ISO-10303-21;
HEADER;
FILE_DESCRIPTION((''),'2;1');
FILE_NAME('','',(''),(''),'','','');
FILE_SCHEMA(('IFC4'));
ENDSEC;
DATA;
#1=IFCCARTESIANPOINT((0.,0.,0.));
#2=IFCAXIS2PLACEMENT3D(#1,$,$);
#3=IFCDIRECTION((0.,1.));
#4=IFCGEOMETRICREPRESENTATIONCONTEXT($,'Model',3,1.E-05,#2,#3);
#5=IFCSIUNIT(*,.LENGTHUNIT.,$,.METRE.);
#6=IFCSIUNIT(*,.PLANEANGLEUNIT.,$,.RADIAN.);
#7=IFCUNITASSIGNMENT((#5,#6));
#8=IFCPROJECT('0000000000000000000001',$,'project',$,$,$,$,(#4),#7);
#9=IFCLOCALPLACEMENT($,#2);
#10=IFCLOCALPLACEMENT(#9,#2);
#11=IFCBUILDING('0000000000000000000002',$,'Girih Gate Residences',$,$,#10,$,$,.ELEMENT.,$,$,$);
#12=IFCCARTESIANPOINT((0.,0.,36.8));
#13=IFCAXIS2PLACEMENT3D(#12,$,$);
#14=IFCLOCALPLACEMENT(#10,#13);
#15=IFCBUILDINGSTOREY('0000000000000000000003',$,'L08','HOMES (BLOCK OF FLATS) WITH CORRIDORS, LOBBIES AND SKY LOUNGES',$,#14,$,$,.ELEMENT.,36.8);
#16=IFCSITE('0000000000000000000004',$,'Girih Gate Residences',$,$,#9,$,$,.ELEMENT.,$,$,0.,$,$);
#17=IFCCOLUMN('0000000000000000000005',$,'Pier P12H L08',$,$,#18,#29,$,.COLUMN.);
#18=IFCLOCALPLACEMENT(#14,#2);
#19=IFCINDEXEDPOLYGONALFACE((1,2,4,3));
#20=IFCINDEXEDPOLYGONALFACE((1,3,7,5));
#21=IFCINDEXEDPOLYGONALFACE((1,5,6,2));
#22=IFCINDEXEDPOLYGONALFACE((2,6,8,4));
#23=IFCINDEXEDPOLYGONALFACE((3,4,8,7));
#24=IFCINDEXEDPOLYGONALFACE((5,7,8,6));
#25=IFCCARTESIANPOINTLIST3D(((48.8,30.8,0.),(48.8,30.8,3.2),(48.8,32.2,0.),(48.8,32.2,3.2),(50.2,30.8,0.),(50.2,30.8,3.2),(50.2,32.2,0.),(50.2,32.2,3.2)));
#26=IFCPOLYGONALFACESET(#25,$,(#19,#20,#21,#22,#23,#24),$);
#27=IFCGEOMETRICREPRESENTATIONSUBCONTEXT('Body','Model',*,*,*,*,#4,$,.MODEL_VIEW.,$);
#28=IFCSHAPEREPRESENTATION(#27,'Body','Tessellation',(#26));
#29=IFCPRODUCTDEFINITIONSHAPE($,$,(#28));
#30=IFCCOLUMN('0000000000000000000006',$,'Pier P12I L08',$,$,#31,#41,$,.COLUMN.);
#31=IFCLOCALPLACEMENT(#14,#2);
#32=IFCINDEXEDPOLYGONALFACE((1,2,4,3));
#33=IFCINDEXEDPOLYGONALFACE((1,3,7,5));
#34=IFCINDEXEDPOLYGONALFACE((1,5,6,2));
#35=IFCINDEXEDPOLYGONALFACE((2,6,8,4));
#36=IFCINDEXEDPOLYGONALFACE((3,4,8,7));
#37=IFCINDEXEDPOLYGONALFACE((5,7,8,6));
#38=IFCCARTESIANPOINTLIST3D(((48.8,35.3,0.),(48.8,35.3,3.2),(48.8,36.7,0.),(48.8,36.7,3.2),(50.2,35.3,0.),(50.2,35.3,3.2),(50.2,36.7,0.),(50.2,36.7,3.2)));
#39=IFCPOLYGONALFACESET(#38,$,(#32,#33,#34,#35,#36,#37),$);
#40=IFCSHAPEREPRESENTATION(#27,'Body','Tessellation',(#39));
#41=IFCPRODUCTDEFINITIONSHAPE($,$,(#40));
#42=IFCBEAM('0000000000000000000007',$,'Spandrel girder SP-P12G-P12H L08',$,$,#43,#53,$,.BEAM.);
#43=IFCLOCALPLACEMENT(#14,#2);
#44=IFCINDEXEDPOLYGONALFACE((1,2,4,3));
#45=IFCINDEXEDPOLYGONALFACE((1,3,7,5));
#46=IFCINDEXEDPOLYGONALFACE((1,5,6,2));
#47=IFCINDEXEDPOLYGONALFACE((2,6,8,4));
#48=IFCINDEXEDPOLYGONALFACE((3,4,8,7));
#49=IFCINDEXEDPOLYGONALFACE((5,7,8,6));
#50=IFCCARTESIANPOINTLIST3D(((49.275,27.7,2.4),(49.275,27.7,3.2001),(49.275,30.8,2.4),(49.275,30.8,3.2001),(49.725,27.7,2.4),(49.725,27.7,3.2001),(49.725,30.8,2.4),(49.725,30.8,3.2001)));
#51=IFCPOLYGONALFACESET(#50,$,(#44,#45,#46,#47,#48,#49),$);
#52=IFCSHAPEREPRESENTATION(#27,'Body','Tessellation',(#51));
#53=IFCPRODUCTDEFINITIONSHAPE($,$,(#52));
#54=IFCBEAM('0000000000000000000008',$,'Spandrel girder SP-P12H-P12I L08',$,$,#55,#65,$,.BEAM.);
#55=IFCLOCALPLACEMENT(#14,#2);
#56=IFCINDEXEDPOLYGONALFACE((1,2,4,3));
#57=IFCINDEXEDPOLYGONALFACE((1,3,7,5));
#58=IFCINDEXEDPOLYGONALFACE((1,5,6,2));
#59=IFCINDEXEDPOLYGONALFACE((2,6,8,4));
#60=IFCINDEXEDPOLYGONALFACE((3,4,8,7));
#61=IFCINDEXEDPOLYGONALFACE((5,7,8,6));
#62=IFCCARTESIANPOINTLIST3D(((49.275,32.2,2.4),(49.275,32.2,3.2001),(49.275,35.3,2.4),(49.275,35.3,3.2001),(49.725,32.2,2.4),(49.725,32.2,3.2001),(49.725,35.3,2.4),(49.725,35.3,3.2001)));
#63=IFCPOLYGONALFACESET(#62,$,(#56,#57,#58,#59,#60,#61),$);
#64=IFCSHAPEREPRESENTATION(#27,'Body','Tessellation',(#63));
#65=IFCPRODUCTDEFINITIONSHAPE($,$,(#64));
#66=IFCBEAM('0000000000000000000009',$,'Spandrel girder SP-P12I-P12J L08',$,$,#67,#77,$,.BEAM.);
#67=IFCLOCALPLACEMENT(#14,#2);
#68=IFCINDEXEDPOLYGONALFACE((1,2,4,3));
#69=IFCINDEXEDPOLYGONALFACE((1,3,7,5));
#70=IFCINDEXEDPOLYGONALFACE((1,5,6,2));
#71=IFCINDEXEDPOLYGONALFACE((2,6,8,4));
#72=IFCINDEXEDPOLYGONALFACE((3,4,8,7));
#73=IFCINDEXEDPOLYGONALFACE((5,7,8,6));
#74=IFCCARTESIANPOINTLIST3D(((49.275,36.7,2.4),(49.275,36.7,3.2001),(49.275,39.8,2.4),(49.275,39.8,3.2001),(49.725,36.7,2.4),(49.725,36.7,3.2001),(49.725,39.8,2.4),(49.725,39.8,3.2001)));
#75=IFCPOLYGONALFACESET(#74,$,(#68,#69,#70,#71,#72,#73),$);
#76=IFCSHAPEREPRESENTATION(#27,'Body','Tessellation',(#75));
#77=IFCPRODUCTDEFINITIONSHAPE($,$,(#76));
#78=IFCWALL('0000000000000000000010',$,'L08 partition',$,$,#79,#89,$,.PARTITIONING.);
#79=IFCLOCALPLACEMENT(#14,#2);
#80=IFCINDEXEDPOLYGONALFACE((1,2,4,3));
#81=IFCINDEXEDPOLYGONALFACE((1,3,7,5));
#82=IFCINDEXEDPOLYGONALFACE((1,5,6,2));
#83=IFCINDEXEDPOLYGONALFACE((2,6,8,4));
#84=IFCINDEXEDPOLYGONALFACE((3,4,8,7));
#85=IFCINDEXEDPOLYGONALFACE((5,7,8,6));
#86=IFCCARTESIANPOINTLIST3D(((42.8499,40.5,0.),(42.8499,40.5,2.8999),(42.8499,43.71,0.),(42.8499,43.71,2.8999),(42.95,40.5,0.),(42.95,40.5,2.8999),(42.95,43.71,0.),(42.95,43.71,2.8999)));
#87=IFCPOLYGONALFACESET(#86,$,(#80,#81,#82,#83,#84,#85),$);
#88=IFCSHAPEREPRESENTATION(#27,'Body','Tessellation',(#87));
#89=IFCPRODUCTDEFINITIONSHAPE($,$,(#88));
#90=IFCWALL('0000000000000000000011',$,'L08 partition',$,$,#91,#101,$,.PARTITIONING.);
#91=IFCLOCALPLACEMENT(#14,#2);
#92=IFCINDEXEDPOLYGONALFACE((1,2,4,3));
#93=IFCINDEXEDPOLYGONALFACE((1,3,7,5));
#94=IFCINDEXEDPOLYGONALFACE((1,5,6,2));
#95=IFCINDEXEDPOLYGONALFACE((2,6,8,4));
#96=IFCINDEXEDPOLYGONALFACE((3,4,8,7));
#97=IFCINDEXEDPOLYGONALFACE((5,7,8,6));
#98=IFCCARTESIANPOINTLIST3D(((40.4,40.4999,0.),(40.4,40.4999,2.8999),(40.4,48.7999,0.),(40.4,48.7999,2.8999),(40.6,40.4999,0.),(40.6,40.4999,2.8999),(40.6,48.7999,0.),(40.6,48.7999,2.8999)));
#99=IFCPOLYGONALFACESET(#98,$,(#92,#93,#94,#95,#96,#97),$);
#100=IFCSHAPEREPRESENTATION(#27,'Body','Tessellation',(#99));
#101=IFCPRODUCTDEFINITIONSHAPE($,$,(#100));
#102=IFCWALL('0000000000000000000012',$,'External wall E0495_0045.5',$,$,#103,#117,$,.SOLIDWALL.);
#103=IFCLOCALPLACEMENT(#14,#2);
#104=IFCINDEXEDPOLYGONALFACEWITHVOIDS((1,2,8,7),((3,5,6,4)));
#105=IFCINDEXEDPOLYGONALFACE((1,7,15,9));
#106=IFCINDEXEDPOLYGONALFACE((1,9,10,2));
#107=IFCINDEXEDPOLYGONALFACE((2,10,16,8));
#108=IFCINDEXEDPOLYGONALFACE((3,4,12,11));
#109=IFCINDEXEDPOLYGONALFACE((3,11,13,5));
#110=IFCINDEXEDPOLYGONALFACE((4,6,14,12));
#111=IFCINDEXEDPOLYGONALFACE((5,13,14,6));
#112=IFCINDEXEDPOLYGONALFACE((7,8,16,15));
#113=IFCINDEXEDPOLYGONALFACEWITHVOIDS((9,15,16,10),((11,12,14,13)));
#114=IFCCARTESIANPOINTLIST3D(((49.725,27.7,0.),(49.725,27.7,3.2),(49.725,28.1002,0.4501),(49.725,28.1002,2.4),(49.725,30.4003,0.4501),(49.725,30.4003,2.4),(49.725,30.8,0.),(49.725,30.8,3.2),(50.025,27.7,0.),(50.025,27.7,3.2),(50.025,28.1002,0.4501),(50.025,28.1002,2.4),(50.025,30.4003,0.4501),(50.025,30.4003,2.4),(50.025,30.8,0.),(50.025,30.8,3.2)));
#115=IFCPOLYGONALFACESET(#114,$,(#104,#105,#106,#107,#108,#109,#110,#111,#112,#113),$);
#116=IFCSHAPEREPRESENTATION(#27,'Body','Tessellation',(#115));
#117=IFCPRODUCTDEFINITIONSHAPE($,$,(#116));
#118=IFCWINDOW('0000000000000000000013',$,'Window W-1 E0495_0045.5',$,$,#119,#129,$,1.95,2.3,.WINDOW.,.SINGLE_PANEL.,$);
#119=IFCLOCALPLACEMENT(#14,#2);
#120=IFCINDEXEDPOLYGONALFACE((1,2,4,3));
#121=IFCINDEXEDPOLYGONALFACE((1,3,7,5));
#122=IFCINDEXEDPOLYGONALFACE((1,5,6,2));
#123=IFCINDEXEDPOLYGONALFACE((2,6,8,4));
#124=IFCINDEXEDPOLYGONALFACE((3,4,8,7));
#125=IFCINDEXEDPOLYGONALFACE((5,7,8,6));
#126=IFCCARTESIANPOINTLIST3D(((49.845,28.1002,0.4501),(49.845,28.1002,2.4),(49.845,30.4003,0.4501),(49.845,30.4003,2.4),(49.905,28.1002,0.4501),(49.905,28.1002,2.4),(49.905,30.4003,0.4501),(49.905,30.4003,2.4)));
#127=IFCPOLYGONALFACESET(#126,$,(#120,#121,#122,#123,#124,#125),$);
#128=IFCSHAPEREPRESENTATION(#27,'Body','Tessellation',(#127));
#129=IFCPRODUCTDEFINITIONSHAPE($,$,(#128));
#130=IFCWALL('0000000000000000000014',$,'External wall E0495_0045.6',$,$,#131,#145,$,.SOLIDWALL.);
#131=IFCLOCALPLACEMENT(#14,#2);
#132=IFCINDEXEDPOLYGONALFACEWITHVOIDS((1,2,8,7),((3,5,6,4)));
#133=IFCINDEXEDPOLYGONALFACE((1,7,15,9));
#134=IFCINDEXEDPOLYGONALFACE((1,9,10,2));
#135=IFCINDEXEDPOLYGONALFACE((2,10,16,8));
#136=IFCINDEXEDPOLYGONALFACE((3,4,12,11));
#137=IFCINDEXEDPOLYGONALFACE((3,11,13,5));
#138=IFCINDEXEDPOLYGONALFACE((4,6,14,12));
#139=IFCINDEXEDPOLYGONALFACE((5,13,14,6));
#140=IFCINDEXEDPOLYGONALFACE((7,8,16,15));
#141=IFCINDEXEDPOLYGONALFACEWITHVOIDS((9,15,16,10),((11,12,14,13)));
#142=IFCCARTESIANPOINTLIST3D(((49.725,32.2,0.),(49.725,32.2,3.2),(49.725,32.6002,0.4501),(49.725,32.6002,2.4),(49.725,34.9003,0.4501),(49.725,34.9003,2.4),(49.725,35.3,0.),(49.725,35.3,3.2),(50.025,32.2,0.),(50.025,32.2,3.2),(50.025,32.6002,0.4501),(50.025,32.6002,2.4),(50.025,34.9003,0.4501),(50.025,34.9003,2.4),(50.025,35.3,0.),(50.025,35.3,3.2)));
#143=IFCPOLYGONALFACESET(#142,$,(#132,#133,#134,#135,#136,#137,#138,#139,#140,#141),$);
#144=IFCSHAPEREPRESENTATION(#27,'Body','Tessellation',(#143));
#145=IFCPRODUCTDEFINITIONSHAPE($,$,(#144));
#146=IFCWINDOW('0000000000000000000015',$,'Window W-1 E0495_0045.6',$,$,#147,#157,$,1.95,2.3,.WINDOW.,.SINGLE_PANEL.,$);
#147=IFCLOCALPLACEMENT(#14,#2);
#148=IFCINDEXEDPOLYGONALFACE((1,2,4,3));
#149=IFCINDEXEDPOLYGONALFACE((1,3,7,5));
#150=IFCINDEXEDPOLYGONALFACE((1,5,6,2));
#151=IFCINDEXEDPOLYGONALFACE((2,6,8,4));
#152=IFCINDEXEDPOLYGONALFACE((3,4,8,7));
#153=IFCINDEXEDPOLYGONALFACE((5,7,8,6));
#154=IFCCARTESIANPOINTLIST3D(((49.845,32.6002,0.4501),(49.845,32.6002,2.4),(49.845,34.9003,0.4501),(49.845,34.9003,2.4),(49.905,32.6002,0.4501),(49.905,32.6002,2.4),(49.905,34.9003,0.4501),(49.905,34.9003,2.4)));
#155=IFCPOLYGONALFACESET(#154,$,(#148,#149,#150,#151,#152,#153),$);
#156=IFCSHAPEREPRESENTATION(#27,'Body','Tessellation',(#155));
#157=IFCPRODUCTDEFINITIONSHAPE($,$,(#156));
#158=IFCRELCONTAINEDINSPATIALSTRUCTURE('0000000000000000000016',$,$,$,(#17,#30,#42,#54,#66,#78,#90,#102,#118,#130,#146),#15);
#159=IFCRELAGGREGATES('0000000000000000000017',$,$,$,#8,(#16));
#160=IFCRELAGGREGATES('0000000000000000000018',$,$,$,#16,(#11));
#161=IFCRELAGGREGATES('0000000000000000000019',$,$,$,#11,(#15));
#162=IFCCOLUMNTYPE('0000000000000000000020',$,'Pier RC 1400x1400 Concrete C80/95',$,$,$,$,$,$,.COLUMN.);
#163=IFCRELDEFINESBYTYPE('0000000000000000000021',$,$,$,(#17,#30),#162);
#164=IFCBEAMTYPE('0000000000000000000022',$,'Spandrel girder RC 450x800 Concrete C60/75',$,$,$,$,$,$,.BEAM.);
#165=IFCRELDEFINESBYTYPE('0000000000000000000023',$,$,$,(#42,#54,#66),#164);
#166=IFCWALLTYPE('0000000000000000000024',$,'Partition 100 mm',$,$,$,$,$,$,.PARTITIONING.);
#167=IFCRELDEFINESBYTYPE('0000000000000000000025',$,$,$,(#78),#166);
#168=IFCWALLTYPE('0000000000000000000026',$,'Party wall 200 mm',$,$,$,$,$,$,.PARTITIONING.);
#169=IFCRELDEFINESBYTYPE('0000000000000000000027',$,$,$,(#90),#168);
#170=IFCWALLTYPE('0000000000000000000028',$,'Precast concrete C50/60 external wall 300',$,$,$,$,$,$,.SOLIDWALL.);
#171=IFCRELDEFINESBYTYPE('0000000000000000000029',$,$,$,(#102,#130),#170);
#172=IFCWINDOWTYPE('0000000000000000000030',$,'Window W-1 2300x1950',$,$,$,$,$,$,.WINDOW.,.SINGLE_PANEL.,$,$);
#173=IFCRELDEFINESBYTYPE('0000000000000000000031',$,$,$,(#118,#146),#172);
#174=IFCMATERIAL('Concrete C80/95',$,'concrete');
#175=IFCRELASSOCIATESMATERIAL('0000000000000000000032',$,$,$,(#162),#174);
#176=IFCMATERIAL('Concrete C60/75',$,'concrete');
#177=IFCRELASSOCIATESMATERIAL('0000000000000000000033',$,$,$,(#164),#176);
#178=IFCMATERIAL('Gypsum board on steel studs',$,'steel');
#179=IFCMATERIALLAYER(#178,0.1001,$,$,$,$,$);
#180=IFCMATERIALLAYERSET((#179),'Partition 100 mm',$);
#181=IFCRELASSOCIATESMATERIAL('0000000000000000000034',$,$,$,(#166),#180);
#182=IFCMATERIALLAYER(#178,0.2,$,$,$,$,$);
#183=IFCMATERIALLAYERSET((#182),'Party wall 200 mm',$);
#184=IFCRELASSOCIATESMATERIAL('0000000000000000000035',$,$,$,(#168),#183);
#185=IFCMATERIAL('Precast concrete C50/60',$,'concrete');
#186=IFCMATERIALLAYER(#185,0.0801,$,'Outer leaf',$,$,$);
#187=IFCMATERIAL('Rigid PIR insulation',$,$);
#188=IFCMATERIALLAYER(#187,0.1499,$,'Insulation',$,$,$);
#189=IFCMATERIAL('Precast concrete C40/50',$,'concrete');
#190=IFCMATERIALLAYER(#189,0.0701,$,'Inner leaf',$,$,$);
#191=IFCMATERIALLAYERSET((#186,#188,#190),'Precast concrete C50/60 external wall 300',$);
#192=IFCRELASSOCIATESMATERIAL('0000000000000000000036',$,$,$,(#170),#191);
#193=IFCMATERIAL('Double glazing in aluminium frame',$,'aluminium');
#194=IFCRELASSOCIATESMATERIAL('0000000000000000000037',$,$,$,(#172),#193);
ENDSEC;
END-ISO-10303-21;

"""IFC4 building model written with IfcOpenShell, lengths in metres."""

from ifc_helpers import new_model, si_unit, direction, frame, frame_2d, origin, origin_2d, place, context, subcontext, project, spatial, rectangle, extrude, material, layer, layer_set, material_profile, profile_set, type_object, element, fill, save


model = new_model("IFC4")

# Units and contexts
model_context = context("Model", 3, precision=1e-05, world=origin(), true_north=direction((0.0, 1.0)))
body_context = subcontext(model_context, "Body", "Model", "MODEL_VIEW")
ifc_project = project(units=[si_unit("LENGTHUNIT", "METRE"), si_unit("PLANEANGLEUNIT", "RADIAN")], contexts=[model_context])

# Site, building, storey
site_placement = place(None, origin())
site = spatial("IfcSite", under=ifc_project, at=site_placement, Name="Girih Gate Residences", CompositionType="ELEMENT", RefElevation=0.0)
building_placement = place(site_placement, origin())
building = spatial("IfcBuilding", under=site, at=building_placement, Name="Girih Gate Residences", CompositionType="ELEMENT")
storey_placement = place(building_placement, frame((0.0, 0.0, 36.8)))
storey = spatial("IfcBuildingStorey", under=building, at=storey_placement, Name="L08", Description="HOMES (BLOCK OF FLATS) WITH CORRIDORS, LOBBIES AND SKY LOUNGES", CompositionType="ELEMENT", Elevation=36.8)

# Columns
ifc_material_1 = material(Name="Concrete C80/95", Category="concrete")
ifc_material_profile_1 = material_profile(ifc_material_1, rectangle(XDim=1.3999, YDim=1.3999, at=origin_2d()))
ifc_profile_set_1 = profile_set([ifc_material_profile_1], Name="Concrete C80/95")
column_type = type_object("IfcColumnType", Name="Pier RC 1400x1400 Concrete C80/95", PredefinedType="COLUMN", material=ifc_profile_set_1)
for number, where, z_axis, x_axis, name in (
    (1, (49.5, 31.5, 0.0), (0.0, 0.0, 1.0), (1.0, 0.0, 0.0), "Pier P12H L08"),
    (2, (49.5, 36.0, 0.0), (0.0, 0.0, 1.0), (1.0, 0.0, 0.0), "Pier P12I L08"),
):
    element("IfcColumn", number, at=place(storey_placement, frame(where, z_axis=z_axis, x_axis=x_axis)), inside=storey, type_object=column_type, Name=name, PredefinedType="COLUMN", context=body_context, shape_type="SweptSolid", body=[
        extrude(rectangle(XDim=1.3999, YDim=1.3999, at=origin_2d()), origin(), (0.0, 0.0, 1.0), 3.2),
    ])

# Beams
ifc_material_2 = material(Name="Concrete C60/75", Category="concrete")
ifc_material_profile_2 = material_profile(ifc_material_2, rectangle(XDim=0.45, YDim=0.8, at=origin_2d()))
ifc_profile_set_2 = profile_set([ifc_material_profile_2], Name="Concrete C60/75")
beam_type = type_object("IfcBeamType", Name="Spandrel girder RC 450x800 Concrete C60/75", PredefinedType="BEAM", material=ifc_profile_set_2)
for number, where, z_axis, x_axis, name in (
    (3, (49.5, 27.7, 2.8), (0.0, 1.0, 0.0), (-1.0, 0.0, 0.0), "Spandrel girder SP-P12G-P12H L08"),
    (4, (49.5, 32.2, 2.8), (0.0, 1.0, 0.0), (-1.0, 0.0, 0.0), "Spandrel girder SP-P12H-P12I L08"),
    (5, (49.5, 36.7, 2.8), (0.0, 1.0, 0.0), (-1.0, 0.0, 0.0), "Spandrel girder SP-P12I-P12J L08"),
):
    element("IfcBeam", number, at=place(storey_placement, frame(where, z_axis=z_axis, x_axis=x_axis)), inside=storey, type_object=beam_type, Name=name, PredefinedType="BEAM", context=body_context, shape_type="SweptSolid", body=[
        extrude(rectangle(XDim=0.45, YDim=0.8, at=origin_2d()), origin(), (0.0, 0.0, 1.0), 3.1001),
    ])

# Walls
ifc_material_3 = material(Name="Gypsum board on steel studs", Category="steel")
ifc_layer_1 = layer(ifc_material_3, 0.1001)
ifc_layer_set_1 = layer_set([ifc_layer_1], Name="Partition 100 mm")
wall_type_1 = type_object("IfcWallType", Name="Partition 100 mm", PredefinedType="PARTITIONING", material=ifc_layer_set_1)
wall_1_placement = place(storey_placement, frame((42.8999, 40.5, 0.0), z_axis=(0.0, 0.0, 1.0), x_axis=(0.0, 1.0, 0.0)))
element("IfcWall", 6, at=wall_1_placement, inside=storey, type_object=wall_type_1, Name="L08 partition", PredefinedType="PARTITIONING", context=body_context, shape_type="SweptSolid", body=[
    extrude(rectangle(XDim=3.21, YDim=0.1001, at=frame_2d((1.605, 0.0))), origin(), (0.0, 0.0, 1.0), 2.8999),
])
ifc_layer_2 = layer(ifc_material_3, 0.2)
ifc_layer_set_2 = layer_set([ifc_layer_2], Name="Party wall 200 mm")
wall_type_2 = type_object("IfcWallType", Name="Party wall 200 mm", PredefinedType="PARTITIONING", material=ifc_layer_set_2)
wall_2_placement = place(storey_placement, frame((40.5, 40.5, 0.0), z_axis=(0.0, 0.0, 1.0), x_axis=(0.0, 1.0, 0.0)))
element("IfcWall", 7, at=wall_2_placement, inside=storey, type_object=wall_type_2, Name="L08 partition", PredefinedType="PARTITIONING", context=body_context, shape_type="SweptSolid", body=[
    extrude(rectangle(XDim=8.3, YDim=0.2, at=frame_2d((4.1499, 0.0))), origin(), (0.0, 0.0, 1.0), 2.8999),
])

# Walls, openings, windows
ifc_material_4 = material(Name="Precast concrete C50/60", Category="concrete")
ifc_layer_3 = layer(ifc_material_4, 0.0801, Name="Outer leaf")
ifc_material_5 = material(Name="Rigid PIR insulation")
ifc_layer_4 = layer(ifc_material_5, 0.1499, Name="Insulation")
ifc_material_6 = material(Name="Precast concrete C40/50", Category="concrete")
ifc_layer_5 = layer(ifc_material_6, 0.0701, Name="Inner leaf")
ifc_layer_set_3 = layer_set([ifc_layer_3, ifc_layer_4, ifc_layer_5], Name="Precast concrete C50/60 external wall 300")
wall_type_3 = type_object("IfcWallType", Name="Precast concrete C50/60 external wall 300", PredefinedType="SOLIDWALL", material=ifc_layer_set_3)
wall_3_placement = place(storey_placement, frame((49.875, 30.8, 0.0), z_axis=(0.0, 0.0, 1.0), x_axis=(0.0, -1.0, 0.0)))
wall_3 = element("IfcWall", 8, at=wall_3_placement, inside=storey, type_object=wall_type_3, Name="External wall E0495_0045.5", PredefinedType="SOLIDWALL", context=body_context, shape_type="SweptSolid", body=[
    extrude(rectangle(XDim=3.1001, YDim=0.3, at=frame_2d((1.55, 0.0))), origin(), (0.0, 0.0, 1.0), 3.2),
])
opening_1_placement = place(wall_3_placement, frame((0.3999, 0.0, 0.45)))
opening_1 = element("IfcOpeningElement", 9, at=opening_1_placement, cuts=wall_3, PredefinedType="OPENING", context=body_context, shape_type="SweptSolid", body=[
    extrude(rectangle(XDim=2.3, YDim=1.95, at=frame_2d((1.1499, 0.9751))), frame((0.0, 0.1599, 0.0), z_axis=(0.0, -1.0, 0.0), x_axis=(1.0, 0.0, 0.0)), (0.0, 0.0, 1.0), 0.3201),
])
ifc_material_7 = material(Name="Double glazing in aluminium frame", Category="aluminium")
window_type = type_object("IfcWindowType", Name="Window W-1 2300x1950", PartitioningType="SINGLE_PANEL", PredefinedType="WINDOW", material=ifc_material_7)
window_1_placement = place(opening_1_placement, origin())
window_1 = element("IfcWindow", 10, at=window_1_placement, inside=storey, type_object=window_type, Name="Window W-1 E0495_0045.5", OverallHeight=1.95, OverallWidth=2.3, PartitioningType="SINGLE_PANEL", PredefinedType="WINDOW", context=body_context, shape_type="SweptSolid", body=[
    extrude(rectangle(XDim=2.3, YDim=1.95, at=frame_2d((1.1499, 0.9751))), frame((0.0, 0.03, 0.0), z_axis=(0.0, -1.0, 0.0), x_axis=(1.0, 0.0, 0.0)), (0.0, 0.0, 1.0), 0.0601),
])
fill(opening_1, window_1)
wall_4_placement = place(storey_placement, frame((49.875, 35.3, 0.0), z_axis=(0.0, 0.0, 1.0), x_axis=(0.0, -1.0, 0.0)))
wall_4 = element("IfcWall", 11, at=wall_4_placement, inside=storey, type_object=wall_type_3, Name="External wall E0495_0045.6", PredefinedType="SOLIDWALL", context=body_context, shape_type="SweptSolid", body=[
    extrude(rectangle(XDim=3.1001, YDim=0.3, at=frame_2d((1.55, 0.0))), origin(), (0.0, 0.0, 1.0), 3.2),
])
opening_2_placement = place(wall_4_placement, frame((0.3999, 0.0, 0.45)))
opening_2 = element("IfcOpeningElement", 12, at=opening_2_placement, cuts=wall_4, PredefinedType="OPENING", context=body_context, shape_type="SweptSolid", body=[
    extrude(rectangle(XDim=2.3, YDim=1.95, at=frame_2d((1.1499, 0.9751))), frame((0.0, 0.1599, 0.0), z_axis=(0.0, -1.0, 0.0), x_axis=(1.0, 0.0, 0.0)), (0.0, 0.0, 1.0), 0.3201),
])
window_2_placement = place(opening_2_placement, origin())
window_2 = element("IfcWindow", 13, at=window_2_placement, inside=storey, type_object=window_type, Name="Window W-1 E0495_0045.6", OverallHeight=1.95, OverallWidth=2.3, PartitioningType="SINGLE_PANEL", PredefinedType="WINDOW", context=body_context, shape_type="SweptSolid", body=[
    extrude(rectangle(XDim=2.3, YDim=1.95, at=frame_2d((1.1499, 0.9751))), frame((0.0, 0.03, 0.0), z_axis=(0.0, -1.0, 0.0), x_axis=(1.0, 0.0, 0.0)), (0.0, 0.0, 1.0), 0.0601),
])
fill(opening_2, window_2)

save(model, "model.ifc")
